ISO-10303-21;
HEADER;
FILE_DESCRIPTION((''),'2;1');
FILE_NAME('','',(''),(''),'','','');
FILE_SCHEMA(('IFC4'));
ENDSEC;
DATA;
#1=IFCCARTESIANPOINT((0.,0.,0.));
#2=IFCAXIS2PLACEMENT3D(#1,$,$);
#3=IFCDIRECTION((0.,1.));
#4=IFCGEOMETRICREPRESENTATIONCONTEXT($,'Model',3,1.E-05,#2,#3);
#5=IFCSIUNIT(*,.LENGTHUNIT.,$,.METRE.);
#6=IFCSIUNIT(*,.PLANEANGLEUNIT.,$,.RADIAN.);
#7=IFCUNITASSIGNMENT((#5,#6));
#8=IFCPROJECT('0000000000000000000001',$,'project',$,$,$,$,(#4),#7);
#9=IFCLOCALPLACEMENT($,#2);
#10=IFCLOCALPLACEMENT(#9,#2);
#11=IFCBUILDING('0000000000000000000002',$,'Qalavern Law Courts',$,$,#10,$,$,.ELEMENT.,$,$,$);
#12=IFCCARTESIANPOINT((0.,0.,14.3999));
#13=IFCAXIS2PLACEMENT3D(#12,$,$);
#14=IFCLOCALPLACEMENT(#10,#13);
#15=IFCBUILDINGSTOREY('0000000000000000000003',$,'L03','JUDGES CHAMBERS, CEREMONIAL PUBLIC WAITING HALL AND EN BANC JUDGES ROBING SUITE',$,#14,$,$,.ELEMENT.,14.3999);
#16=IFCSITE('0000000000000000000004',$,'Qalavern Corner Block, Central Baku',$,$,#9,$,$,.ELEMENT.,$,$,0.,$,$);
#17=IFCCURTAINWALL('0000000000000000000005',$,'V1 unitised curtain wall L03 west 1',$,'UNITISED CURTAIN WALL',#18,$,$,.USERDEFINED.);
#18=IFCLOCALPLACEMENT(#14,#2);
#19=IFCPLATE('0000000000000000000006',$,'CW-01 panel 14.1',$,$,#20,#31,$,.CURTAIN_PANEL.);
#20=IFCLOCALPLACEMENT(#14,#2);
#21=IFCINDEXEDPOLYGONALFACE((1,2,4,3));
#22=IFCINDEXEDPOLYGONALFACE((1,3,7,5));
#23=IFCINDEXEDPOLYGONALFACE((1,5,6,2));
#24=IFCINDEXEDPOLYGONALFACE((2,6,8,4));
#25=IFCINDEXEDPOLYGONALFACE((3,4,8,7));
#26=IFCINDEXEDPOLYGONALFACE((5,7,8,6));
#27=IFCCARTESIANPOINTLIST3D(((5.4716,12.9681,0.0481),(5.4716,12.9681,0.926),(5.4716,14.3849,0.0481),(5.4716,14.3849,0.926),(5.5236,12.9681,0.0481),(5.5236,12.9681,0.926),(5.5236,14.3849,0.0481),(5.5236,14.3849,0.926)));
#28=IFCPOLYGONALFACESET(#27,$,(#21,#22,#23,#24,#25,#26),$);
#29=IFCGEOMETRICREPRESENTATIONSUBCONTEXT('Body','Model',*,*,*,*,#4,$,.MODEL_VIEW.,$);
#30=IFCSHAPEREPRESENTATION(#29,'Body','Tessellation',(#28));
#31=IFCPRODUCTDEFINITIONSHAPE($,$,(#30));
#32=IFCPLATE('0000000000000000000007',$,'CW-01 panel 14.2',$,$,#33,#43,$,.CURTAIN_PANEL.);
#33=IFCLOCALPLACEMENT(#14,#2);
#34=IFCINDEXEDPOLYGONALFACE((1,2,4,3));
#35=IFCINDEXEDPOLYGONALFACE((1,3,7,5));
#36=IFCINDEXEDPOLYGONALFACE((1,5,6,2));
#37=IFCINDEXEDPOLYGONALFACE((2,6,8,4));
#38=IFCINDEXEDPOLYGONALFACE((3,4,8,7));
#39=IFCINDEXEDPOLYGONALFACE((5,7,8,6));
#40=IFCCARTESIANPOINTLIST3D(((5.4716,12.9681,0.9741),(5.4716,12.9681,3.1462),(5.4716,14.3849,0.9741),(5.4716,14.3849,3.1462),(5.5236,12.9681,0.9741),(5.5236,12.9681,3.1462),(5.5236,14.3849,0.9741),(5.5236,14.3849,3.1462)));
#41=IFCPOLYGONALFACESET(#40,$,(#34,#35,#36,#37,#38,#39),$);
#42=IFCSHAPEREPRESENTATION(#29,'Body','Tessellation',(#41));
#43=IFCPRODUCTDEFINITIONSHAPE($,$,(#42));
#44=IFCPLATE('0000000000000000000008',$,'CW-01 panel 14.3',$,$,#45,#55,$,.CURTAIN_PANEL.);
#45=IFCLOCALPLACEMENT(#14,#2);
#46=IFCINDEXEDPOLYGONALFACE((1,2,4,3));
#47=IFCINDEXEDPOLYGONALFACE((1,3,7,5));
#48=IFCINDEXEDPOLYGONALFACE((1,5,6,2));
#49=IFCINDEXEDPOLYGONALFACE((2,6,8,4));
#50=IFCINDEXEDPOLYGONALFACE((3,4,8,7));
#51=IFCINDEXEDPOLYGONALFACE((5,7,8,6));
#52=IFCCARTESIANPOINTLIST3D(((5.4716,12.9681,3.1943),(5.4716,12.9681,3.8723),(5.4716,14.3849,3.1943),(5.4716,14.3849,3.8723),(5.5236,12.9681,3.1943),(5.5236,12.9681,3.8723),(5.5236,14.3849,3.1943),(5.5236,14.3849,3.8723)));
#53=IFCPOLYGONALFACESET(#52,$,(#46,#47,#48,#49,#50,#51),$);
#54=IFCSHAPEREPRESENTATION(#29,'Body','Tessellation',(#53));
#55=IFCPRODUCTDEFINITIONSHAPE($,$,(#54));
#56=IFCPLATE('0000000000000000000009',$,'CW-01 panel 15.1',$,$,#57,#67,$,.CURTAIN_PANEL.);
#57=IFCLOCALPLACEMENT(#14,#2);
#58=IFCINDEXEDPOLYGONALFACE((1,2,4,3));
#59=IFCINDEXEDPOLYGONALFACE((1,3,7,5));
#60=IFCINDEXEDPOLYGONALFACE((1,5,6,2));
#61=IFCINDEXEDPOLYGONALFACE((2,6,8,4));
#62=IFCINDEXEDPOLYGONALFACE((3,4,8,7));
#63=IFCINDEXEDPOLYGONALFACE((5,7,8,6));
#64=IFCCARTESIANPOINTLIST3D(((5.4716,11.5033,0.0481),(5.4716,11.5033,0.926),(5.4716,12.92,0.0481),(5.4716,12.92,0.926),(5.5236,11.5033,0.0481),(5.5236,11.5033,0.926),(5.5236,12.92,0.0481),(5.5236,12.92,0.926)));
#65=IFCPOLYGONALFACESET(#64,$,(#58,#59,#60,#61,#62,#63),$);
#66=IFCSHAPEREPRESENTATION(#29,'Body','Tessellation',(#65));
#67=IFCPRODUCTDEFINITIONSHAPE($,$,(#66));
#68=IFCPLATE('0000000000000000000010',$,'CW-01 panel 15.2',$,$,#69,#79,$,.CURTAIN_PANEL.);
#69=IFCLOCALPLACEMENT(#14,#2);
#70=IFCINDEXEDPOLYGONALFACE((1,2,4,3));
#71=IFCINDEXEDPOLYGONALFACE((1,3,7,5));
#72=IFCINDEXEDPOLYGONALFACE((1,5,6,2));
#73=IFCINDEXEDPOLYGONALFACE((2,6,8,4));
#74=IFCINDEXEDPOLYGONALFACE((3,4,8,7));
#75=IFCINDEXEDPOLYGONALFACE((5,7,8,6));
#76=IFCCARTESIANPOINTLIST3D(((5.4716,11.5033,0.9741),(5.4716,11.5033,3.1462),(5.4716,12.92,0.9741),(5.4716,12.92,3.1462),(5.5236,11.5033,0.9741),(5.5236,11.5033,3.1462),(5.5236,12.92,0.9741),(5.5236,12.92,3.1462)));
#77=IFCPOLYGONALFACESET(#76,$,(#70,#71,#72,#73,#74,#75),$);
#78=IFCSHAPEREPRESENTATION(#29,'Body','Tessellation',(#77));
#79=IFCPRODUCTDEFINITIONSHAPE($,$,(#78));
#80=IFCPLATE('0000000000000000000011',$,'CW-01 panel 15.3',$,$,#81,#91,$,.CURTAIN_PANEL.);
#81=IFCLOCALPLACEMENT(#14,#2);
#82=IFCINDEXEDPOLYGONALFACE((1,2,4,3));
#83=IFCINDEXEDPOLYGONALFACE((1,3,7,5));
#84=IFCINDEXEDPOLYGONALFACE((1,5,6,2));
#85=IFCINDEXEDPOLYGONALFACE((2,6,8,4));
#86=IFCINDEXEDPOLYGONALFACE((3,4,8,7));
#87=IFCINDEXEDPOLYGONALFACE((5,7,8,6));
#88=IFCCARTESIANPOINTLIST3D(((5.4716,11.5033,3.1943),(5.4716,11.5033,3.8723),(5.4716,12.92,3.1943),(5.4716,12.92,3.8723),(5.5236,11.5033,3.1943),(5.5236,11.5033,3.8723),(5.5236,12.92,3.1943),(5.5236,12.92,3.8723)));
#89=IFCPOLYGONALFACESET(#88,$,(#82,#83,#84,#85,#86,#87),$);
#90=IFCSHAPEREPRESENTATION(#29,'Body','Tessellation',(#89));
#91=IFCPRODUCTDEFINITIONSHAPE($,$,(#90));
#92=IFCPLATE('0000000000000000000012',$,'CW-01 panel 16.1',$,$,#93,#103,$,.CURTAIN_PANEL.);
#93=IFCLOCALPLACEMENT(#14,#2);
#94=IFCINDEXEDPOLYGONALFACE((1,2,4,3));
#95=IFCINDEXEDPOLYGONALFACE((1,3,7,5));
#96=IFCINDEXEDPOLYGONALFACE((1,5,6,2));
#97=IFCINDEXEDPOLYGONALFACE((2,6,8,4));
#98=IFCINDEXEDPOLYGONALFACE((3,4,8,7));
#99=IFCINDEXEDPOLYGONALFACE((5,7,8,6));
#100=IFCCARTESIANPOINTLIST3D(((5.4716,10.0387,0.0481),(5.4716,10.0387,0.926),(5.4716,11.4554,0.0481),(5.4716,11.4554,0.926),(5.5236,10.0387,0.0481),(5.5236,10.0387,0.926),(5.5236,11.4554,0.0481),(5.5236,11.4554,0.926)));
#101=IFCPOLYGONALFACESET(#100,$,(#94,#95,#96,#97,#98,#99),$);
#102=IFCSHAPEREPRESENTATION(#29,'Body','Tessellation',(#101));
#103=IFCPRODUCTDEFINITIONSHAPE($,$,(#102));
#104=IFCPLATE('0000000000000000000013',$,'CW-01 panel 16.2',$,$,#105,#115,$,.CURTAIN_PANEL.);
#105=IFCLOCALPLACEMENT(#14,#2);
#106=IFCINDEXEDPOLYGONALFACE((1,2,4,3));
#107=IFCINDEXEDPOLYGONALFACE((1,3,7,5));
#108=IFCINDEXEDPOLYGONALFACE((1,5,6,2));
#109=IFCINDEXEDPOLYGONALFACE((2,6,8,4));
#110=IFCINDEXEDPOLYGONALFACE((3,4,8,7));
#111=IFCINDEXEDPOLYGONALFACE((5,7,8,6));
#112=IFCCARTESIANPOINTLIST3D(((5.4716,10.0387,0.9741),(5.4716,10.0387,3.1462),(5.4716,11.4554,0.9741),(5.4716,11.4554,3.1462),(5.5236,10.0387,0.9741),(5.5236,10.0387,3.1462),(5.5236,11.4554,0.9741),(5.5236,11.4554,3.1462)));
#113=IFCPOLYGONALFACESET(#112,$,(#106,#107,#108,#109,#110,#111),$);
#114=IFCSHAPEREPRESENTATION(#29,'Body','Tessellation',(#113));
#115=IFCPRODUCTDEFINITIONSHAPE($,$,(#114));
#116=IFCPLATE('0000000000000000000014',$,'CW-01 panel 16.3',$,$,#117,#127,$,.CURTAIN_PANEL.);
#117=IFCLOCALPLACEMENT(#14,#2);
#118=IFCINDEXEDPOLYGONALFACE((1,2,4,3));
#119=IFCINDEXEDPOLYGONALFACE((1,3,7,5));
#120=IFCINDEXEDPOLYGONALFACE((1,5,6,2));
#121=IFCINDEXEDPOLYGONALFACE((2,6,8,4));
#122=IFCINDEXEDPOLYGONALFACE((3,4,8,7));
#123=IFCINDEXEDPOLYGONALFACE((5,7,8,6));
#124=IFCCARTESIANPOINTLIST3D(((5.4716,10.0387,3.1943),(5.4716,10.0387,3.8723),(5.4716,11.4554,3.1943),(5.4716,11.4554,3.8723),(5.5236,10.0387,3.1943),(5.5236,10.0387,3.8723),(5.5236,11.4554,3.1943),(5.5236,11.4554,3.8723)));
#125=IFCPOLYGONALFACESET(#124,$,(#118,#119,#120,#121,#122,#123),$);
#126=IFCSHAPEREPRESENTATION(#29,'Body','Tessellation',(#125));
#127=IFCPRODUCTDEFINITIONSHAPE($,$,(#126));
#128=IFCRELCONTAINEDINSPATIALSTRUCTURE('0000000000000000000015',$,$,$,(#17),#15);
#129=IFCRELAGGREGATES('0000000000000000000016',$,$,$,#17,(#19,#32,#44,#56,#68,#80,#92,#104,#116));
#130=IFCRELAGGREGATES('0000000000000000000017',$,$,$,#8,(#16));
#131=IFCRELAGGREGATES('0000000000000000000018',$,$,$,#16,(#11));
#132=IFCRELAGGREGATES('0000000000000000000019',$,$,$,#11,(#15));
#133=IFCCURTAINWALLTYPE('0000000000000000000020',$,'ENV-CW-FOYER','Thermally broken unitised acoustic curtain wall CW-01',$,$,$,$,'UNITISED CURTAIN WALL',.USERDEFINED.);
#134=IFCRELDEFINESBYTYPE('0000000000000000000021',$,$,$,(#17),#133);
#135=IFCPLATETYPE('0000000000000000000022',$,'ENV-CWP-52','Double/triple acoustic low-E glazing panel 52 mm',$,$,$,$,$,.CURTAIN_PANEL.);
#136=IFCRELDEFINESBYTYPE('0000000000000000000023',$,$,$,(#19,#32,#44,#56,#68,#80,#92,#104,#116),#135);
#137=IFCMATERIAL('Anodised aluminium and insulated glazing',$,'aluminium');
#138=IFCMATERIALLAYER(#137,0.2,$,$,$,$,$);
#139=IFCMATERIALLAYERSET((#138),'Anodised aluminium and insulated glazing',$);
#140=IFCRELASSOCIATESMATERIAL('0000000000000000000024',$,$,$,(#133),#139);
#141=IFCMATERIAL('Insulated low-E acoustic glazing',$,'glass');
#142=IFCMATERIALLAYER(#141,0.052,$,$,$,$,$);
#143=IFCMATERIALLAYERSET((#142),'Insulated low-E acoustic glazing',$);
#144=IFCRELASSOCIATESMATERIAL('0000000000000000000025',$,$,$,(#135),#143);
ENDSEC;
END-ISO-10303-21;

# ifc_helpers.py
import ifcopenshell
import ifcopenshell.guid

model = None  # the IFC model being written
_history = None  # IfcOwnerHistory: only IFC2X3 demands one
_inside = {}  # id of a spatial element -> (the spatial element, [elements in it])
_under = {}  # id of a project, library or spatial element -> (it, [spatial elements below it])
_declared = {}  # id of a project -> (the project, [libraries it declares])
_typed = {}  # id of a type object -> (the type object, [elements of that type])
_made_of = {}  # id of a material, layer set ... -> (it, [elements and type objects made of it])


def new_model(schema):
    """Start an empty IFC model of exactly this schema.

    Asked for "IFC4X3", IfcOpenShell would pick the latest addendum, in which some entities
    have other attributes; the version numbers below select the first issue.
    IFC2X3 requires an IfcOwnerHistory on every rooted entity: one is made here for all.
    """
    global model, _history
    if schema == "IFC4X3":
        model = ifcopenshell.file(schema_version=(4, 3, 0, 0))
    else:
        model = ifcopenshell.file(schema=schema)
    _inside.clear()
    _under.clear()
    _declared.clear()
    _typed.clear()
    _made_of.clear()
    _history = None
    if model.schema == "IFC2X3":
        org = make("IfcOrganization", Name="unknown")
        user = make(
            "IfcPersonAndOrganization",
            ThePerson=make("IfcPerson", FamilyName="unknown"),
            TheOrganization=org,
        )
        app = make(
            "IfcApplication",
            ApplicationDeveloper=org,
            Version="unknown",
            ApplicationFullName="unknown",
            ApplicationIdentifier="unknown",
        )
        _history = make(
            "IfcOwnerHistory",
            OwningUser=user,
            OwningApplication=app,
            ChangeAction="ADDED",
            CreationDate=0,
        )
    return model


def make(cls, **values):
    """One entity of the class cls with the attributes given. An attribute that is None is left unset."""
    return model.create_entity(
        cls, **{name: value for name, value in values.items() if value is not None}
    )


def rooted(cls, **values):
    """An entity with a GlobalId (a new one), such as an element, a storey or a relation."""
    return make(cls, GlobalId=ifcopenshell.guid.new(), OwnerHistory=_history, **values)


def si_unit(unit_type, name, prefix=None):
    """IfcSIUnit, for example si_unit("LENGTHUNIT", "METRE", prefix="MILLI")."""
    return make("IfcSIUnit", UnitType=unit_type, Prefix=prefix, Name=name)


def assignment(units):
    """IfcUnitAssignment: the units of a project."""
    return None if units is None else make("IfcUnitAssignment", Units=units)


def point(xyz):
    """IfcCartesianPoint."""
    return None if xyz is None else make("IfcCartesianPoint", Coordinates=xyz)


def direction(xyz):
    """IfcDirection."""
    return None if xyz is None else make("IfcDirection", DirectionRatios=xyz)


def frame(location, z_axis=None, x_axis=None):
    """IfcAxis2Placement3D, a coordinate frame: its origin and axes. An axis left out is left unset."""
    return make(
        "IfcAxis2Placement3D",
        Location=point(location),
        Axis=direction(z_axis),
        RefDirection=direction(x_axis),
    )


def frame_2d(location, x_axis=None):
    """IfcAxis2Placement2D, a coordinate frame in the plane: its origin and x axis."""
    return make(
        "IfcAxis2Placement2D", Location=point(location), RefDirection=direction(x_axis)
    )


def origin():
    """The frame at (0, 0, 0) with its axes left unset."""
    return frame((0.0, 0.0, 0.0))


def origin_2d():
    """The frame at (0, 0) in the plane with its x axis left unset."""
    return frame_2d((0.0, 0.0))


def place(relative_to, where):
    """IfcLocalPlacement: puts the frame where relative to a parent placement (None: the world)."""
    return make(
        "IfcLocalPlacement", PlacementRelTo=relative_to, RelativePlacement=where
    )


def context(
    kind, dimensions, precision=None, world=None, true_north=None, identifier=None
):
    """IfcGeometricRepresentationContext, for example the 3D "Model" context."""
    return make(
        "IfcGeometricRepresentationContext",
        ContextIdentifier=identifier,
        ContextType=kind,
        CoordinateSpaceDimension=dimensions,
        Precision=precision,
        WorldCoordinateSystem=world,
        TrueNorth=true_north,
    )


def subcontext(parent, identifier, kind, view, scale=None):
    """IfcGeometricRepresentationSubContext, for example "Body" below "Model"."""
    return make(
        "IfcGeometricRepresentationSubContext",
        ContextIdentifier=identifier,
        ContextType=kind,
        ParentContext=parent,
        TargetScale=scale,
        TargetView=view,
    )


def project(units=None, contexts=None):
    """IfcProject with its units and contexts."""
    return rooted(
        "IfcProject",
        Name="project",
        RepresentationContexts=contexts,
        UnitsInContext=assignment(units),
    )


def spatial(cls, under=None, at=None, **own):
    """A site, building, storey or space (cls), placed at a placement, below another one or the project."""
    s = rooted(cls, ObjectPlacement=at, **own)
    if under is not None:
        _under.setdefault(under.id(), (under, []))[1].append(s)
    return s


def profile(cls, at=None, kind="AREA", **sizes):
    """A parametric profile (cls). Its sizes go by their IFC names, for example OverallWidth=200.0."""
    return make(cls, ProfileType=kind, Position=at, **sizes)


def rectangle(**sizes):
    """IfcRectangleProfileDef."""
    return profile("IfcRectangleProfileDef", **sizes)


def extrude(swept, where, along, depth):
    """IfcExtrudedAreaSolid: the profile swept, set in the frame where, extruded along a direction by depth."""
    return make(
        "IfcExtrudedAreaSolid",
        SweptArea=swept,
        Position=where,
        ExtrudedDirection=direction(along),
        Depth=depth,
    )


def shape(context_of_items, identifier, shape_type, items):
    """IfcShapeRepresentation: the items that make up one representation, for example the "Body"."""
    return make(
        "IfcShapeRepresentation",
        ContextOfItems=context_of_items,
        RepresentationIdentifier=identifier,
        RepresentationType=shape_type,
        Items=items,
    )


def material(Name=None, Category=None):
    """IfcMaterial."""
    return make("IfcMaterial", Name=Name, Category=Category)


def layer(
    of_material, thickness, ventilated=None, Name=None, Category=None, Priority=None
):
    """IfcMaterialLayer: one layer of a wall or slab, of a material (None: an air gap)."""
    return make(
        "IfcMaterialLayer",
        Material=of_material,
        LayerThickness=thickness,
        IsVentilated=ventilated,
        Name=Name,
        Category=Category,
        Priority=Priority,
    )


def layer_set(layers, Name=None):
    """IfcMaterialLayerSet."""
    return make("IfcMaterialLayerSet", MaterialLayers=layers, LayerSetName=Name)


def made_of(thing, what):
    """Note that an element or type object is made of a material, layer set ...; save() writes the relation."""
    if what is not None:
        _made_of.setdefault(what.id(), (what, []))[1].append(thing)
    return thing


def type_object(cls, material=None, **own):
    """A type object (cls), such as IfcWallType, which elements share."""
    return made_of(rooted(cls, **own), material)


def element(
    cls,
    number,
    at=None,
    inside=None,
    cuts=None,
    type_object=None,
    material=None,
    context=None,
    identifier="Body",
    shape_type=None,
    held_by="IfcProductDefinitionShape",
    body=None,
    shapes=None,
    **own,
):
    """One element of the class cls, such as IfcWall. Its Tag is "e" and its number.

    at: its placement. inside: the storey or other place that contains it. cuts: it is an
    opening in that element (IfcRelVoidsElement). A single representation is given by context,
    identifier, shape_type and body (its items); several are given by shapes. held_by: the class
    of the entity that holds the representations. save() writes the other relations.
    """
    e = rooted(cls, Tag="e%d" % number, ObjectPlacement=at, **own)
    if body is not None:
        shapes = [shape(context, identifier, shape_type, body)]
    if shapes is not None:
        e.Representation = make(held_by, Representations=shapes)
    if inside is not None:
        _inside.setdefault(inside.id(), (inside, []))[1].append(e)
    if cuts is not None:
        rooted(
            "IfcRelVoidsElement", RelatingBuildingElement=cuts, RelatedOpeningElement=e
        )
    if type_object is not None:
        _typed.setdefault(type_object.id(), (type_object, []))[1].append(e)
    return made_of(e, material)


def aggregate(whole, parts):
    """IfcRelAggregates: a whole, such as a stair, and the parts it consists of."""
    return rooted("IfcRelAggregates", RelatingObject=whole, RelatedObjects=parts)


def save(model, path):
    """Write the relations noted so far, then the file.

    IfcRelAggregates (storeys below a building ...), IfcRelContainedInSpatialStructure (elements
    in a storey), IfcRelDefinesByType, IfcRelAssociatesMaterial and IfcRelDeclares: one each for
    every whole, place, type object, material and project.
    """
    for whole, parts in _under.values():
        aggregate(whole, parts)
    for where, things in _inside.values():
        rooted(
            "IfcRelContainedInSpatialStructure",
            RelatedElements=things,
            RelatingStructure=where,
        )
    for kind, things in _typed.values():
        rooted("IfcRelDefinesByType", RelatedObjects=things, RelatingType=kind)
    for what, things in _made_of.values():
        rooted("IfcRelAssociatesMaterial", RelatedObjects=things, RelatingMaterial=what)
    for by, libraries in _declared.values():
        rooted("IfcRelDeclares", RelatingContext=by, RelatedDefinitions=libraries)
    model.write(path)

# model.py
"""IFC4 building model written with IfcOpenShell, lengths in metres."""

from ifc_helpers import new_model, si_unit, direction, frame, origin, origin_2d, place, context, subcontext, project, spatial, rectangle, extrude, material, layer, layer_set, type_object, element, aggregate, save


model = new_model("IFC4")

# Units and contexts
model_context = context("Model", 3, precision=1e-05, world=origin(), true_north=direction((0.0, 1.0)))
body_context = subcontext(model_context, "Body", "Model", "MODEL_VIEW")
ifc_project = project(units=[si_unit("LENGTHUNIT", "METRE"), si_unit("PLANEANGLEUNIT", "RADIAN")], contexts=[model_context])

# Site, building, storey
site_placement = place(None, origin())
site = spatial("IfcSite", under=ifc_project, at=site_placement, Name="Qalavern Corner Block, Central Baku", CompositionType="ELEMENT", RefElevation=0.0)
building_placement = place(site_placement, origin())
building = spatial("IfcBuilding", under=site, at=building_placement, Name="Qalavern Law Courts", CompositionType="ELEMENT")
storey_placement = place(building_placement, frame((0.0, 0.0, 14.3999)))
storey = spatial("IfcBuildingStorey", under=building, at=storey_placement, Name="L03", Description="JUDGES CHAMBERS, CEREMONIAL PUBLIC WAITING HALL AND EN BANC JUDGES ROBING SUITE", CompositionType="ELEMENT", Elevation=14.3999)

# Curtain wall
ifc_material_1 = material(Name="Anodised aluminium and insulated glazing", Category="aluminium")
ifc_layer_1 = layer(ifc_material_1, 0.2)
ifc_layer_set_1 = layer_set([ifc_layer_1], Name="Anodised aluminium and insulated glazing")
curtain_wall_type = type_object("IfcCurtainWallType", Name="ENV-CW-FOYER", Description="Thermally broken unitised acoustic curtain wall CW-01", ElementType="UNITISED CURTAIN WALL", PredefinedType="USERDEFINED", material=ifc_layer_set_1)
curtain_wall_placement = place(storey_placement, origin())
curtain_wall = element("IfcCurtainWall", 1, at=curtain_wall_placement, inside=storey, type_object=curtain_wall_type, Name="V1 unitised curtain wall L03 west 1", ObjectType="UNITISED CURTAIN WALL", PredefinedType="USERDEFINED")

# Plates
ifc_material_2 = material(Name="Insulated low-E acoustic glazing", Category="glass")
ifc_layer_2 = layer(ifc_material_2, 0.052)
ifc_layer_set_2 = layer_set([ifc_layer_2], Name="Insulated low-E acoustic glazing")
plate_type = type_object("IfcPlateType", Name="ENV-CWP-52", Description="Double/triple acoustic low-E glazing panel 52 mm", PredefinedType="CURTAIN_PANEL", material=ifc_layer_set_2)
plate_1_placement = place(storey_placement, frame((5.4976, 13.6765, 0.0481), z_axis=(0.0, 0.0, 1.0), x_axis=(0.0, -1.0, 0.0)))
plate_1 = element("IfcPlate", 2, at=plate_1_placement, type_object=plate_type, Name="CW-01 panel 14.1", PredefinedType="CURTAIN_PANEL", context=body_context, shape_type="SweptSolid", body=[
    extrude(rectangle(XDim=1.4167, YDim=0.052, at=origin_2d()), origin(), (0.0, 0.0, 1.0), 0.8779),
])
plate_2_placement = place(storey_placement, frame((5.4976, 13.6765, 0.9741), z_axis=(0.0, 0.0, 1.0), x_axis=(0.0, -1.0, 0.0)))
plate_2 = element("IfcPlate", 3, at=plate_2_placement, type_object=plate_type, Name="CW-01 panel 14.2", PredefinedType="CURTAIN_PANEL", context=body_context, shape_type="SweptSolid", body=[
    extrude(rectangle(XDim=1.4167, YDim=0.052, at=origin_2d()), origin(), (0.0, 0.0, 1.0), 2.1721),
])
plate_3_placement = place(storey_placement, frame((5.4976, 13.6765, 3.1943), z_axis=(0.0, 0.0, 1.0), x_axis=(0.0, -1.0, 0.0)))
plate_3 = element("IfcPlate", 4, at=plate_3_placement, type_object=plate_type, Name="CW-01 panel 14.3", PredefinedType="CURTAIN_PANEL", context=body_context, shape_type="SweptSolid", body=[
    extrude(rectangle(XDim=1.4167, YDim=0.052, at=origin_2d()), origin(), (0.0, 0.0, 1.0), 0.678),
])
plate_4_placement = place(storey_placement, frame((5.4976, 12.2117, 0.0481), z_axis=(0.0, 0.0, 1.0), x_axis=(0.0, -1.0, 0.0)))
plate_4 = element("IfcPlate", 5, at=plate_4_placement, type_object=plate_type, Name="CW-01 panel 15.1", PredefinedType="CURTAIN_PANEL", context=body_context, shape_type="SweptSolid", body=[
    extrude(rectangle(XDim=1.4167, YDim=0.052, at=origin_2d()), origin(), (0.0, 0.0, 1.0), 0.8779),
])
plate_5_placement = place(storey_placement, frame((5.4976, 12.2117, 0.9741), z_axis=(0.0, 0.0, 1.0), x_axis=(0.0, -1.0, 0.0)))
plate_5 = element("IfcPlate", 6, at=plate_5_placement, type_object=plate_type, Name="CW-01 panel 15.2", PredefinedType="CURTAIN_PANEL", context=body_context, shape_type="SweptSolid", body=[
    extrude(rectangle(XDim=1.4167, YDim=0.052, at=origin_2d()), origin(), (0.0, 0.0, 1.0), 2.1721),
])
plate_6_placement = place(storey_placement, frame((5.4976, 12.2117, 3.1943), z_axis=(0.0, 0.0, 1.0), x_axis=(0.0, -1.0, 0.0)))
plate_6 = element("IfcPlate", 7, at=plate_6_placement, type_object=plate_type, Name="CW-01 panel 15.3", PredefinedType="CURTAIN_PANEL", context=body_context, shape_type="SweptSolid", body=[
    extrude(rectangle(XDim=1.4167, YDim=0.052, at=origin_2d()), origin(), (0.0, 0.0, 1.0), 0.678),
])
plate_7_placement = place(storey_placement, frame((5.4976, 10.7471, 0.0481), z_axis=(0.0, 0.0, 1.0), x_axis=(0.0, -1.0, 0.0)))
plate_7 = element("IfcPlate", 8, at=plate_7_placement, type_object=plate_type, Name="CW-01 panel 16.1", PredefinedType="CURTAIN_PANEL", context=body_context, shape_type="SweptSolid", body=[
    extrude(rectangle(XDim=1.4167, YDim=0.052, at=origin_2d()), origin(), (0.0, 0.0, 1.0), 0.8779),
])
plate_8_placement = place(storey_placement, frame((5.4976, 10.7471, 0.9741), z_axis=(0.0, 0.0, 1.0), x_axis=(0.0, -1.0, 0.0)))
plate_8 = element("IfcPlate", 9, at=plate_8_placement, type_object=plate_type, Name="CW-01 panel 16.2", PredefinedType="CURTAIN_PANEL", context=body_context, shape_type="SweptSolid", body=[
    extrude(rectangle(XDim=1.4167, YDim=0.052, at=origin_2d()), origin(), (0.0, 0.0, 1.0), 2.1721),
])
plate_9_placement = place(storey_placement, frame((5.4976, 10.7471, 3.1943), z_axis=(0.0, 0.0, 1.0), x_axis=(0.0, -1.0, 0.0)))
plate_9 = element("IfcPlate", 10, at=plate_9_placement, type_object=plate_type, Name="CW-01 panel 16.3", PredefinedType="CURTAIN_PANEL", context=body_context, shape_type="SweptSolid", body=[
    extrude(rectangle(XDim=1.4167, YDim=0.052, at=origin_2d()), origin(), (0.0, 0.0, 1.0), 0.678),
])
aggregate(curtain_wall, [plate_1, plate_2, plate_3, plate_4, plate_5, plate_6, plate_7, plate_8, plate_9])

save(model, "model.ifc")
